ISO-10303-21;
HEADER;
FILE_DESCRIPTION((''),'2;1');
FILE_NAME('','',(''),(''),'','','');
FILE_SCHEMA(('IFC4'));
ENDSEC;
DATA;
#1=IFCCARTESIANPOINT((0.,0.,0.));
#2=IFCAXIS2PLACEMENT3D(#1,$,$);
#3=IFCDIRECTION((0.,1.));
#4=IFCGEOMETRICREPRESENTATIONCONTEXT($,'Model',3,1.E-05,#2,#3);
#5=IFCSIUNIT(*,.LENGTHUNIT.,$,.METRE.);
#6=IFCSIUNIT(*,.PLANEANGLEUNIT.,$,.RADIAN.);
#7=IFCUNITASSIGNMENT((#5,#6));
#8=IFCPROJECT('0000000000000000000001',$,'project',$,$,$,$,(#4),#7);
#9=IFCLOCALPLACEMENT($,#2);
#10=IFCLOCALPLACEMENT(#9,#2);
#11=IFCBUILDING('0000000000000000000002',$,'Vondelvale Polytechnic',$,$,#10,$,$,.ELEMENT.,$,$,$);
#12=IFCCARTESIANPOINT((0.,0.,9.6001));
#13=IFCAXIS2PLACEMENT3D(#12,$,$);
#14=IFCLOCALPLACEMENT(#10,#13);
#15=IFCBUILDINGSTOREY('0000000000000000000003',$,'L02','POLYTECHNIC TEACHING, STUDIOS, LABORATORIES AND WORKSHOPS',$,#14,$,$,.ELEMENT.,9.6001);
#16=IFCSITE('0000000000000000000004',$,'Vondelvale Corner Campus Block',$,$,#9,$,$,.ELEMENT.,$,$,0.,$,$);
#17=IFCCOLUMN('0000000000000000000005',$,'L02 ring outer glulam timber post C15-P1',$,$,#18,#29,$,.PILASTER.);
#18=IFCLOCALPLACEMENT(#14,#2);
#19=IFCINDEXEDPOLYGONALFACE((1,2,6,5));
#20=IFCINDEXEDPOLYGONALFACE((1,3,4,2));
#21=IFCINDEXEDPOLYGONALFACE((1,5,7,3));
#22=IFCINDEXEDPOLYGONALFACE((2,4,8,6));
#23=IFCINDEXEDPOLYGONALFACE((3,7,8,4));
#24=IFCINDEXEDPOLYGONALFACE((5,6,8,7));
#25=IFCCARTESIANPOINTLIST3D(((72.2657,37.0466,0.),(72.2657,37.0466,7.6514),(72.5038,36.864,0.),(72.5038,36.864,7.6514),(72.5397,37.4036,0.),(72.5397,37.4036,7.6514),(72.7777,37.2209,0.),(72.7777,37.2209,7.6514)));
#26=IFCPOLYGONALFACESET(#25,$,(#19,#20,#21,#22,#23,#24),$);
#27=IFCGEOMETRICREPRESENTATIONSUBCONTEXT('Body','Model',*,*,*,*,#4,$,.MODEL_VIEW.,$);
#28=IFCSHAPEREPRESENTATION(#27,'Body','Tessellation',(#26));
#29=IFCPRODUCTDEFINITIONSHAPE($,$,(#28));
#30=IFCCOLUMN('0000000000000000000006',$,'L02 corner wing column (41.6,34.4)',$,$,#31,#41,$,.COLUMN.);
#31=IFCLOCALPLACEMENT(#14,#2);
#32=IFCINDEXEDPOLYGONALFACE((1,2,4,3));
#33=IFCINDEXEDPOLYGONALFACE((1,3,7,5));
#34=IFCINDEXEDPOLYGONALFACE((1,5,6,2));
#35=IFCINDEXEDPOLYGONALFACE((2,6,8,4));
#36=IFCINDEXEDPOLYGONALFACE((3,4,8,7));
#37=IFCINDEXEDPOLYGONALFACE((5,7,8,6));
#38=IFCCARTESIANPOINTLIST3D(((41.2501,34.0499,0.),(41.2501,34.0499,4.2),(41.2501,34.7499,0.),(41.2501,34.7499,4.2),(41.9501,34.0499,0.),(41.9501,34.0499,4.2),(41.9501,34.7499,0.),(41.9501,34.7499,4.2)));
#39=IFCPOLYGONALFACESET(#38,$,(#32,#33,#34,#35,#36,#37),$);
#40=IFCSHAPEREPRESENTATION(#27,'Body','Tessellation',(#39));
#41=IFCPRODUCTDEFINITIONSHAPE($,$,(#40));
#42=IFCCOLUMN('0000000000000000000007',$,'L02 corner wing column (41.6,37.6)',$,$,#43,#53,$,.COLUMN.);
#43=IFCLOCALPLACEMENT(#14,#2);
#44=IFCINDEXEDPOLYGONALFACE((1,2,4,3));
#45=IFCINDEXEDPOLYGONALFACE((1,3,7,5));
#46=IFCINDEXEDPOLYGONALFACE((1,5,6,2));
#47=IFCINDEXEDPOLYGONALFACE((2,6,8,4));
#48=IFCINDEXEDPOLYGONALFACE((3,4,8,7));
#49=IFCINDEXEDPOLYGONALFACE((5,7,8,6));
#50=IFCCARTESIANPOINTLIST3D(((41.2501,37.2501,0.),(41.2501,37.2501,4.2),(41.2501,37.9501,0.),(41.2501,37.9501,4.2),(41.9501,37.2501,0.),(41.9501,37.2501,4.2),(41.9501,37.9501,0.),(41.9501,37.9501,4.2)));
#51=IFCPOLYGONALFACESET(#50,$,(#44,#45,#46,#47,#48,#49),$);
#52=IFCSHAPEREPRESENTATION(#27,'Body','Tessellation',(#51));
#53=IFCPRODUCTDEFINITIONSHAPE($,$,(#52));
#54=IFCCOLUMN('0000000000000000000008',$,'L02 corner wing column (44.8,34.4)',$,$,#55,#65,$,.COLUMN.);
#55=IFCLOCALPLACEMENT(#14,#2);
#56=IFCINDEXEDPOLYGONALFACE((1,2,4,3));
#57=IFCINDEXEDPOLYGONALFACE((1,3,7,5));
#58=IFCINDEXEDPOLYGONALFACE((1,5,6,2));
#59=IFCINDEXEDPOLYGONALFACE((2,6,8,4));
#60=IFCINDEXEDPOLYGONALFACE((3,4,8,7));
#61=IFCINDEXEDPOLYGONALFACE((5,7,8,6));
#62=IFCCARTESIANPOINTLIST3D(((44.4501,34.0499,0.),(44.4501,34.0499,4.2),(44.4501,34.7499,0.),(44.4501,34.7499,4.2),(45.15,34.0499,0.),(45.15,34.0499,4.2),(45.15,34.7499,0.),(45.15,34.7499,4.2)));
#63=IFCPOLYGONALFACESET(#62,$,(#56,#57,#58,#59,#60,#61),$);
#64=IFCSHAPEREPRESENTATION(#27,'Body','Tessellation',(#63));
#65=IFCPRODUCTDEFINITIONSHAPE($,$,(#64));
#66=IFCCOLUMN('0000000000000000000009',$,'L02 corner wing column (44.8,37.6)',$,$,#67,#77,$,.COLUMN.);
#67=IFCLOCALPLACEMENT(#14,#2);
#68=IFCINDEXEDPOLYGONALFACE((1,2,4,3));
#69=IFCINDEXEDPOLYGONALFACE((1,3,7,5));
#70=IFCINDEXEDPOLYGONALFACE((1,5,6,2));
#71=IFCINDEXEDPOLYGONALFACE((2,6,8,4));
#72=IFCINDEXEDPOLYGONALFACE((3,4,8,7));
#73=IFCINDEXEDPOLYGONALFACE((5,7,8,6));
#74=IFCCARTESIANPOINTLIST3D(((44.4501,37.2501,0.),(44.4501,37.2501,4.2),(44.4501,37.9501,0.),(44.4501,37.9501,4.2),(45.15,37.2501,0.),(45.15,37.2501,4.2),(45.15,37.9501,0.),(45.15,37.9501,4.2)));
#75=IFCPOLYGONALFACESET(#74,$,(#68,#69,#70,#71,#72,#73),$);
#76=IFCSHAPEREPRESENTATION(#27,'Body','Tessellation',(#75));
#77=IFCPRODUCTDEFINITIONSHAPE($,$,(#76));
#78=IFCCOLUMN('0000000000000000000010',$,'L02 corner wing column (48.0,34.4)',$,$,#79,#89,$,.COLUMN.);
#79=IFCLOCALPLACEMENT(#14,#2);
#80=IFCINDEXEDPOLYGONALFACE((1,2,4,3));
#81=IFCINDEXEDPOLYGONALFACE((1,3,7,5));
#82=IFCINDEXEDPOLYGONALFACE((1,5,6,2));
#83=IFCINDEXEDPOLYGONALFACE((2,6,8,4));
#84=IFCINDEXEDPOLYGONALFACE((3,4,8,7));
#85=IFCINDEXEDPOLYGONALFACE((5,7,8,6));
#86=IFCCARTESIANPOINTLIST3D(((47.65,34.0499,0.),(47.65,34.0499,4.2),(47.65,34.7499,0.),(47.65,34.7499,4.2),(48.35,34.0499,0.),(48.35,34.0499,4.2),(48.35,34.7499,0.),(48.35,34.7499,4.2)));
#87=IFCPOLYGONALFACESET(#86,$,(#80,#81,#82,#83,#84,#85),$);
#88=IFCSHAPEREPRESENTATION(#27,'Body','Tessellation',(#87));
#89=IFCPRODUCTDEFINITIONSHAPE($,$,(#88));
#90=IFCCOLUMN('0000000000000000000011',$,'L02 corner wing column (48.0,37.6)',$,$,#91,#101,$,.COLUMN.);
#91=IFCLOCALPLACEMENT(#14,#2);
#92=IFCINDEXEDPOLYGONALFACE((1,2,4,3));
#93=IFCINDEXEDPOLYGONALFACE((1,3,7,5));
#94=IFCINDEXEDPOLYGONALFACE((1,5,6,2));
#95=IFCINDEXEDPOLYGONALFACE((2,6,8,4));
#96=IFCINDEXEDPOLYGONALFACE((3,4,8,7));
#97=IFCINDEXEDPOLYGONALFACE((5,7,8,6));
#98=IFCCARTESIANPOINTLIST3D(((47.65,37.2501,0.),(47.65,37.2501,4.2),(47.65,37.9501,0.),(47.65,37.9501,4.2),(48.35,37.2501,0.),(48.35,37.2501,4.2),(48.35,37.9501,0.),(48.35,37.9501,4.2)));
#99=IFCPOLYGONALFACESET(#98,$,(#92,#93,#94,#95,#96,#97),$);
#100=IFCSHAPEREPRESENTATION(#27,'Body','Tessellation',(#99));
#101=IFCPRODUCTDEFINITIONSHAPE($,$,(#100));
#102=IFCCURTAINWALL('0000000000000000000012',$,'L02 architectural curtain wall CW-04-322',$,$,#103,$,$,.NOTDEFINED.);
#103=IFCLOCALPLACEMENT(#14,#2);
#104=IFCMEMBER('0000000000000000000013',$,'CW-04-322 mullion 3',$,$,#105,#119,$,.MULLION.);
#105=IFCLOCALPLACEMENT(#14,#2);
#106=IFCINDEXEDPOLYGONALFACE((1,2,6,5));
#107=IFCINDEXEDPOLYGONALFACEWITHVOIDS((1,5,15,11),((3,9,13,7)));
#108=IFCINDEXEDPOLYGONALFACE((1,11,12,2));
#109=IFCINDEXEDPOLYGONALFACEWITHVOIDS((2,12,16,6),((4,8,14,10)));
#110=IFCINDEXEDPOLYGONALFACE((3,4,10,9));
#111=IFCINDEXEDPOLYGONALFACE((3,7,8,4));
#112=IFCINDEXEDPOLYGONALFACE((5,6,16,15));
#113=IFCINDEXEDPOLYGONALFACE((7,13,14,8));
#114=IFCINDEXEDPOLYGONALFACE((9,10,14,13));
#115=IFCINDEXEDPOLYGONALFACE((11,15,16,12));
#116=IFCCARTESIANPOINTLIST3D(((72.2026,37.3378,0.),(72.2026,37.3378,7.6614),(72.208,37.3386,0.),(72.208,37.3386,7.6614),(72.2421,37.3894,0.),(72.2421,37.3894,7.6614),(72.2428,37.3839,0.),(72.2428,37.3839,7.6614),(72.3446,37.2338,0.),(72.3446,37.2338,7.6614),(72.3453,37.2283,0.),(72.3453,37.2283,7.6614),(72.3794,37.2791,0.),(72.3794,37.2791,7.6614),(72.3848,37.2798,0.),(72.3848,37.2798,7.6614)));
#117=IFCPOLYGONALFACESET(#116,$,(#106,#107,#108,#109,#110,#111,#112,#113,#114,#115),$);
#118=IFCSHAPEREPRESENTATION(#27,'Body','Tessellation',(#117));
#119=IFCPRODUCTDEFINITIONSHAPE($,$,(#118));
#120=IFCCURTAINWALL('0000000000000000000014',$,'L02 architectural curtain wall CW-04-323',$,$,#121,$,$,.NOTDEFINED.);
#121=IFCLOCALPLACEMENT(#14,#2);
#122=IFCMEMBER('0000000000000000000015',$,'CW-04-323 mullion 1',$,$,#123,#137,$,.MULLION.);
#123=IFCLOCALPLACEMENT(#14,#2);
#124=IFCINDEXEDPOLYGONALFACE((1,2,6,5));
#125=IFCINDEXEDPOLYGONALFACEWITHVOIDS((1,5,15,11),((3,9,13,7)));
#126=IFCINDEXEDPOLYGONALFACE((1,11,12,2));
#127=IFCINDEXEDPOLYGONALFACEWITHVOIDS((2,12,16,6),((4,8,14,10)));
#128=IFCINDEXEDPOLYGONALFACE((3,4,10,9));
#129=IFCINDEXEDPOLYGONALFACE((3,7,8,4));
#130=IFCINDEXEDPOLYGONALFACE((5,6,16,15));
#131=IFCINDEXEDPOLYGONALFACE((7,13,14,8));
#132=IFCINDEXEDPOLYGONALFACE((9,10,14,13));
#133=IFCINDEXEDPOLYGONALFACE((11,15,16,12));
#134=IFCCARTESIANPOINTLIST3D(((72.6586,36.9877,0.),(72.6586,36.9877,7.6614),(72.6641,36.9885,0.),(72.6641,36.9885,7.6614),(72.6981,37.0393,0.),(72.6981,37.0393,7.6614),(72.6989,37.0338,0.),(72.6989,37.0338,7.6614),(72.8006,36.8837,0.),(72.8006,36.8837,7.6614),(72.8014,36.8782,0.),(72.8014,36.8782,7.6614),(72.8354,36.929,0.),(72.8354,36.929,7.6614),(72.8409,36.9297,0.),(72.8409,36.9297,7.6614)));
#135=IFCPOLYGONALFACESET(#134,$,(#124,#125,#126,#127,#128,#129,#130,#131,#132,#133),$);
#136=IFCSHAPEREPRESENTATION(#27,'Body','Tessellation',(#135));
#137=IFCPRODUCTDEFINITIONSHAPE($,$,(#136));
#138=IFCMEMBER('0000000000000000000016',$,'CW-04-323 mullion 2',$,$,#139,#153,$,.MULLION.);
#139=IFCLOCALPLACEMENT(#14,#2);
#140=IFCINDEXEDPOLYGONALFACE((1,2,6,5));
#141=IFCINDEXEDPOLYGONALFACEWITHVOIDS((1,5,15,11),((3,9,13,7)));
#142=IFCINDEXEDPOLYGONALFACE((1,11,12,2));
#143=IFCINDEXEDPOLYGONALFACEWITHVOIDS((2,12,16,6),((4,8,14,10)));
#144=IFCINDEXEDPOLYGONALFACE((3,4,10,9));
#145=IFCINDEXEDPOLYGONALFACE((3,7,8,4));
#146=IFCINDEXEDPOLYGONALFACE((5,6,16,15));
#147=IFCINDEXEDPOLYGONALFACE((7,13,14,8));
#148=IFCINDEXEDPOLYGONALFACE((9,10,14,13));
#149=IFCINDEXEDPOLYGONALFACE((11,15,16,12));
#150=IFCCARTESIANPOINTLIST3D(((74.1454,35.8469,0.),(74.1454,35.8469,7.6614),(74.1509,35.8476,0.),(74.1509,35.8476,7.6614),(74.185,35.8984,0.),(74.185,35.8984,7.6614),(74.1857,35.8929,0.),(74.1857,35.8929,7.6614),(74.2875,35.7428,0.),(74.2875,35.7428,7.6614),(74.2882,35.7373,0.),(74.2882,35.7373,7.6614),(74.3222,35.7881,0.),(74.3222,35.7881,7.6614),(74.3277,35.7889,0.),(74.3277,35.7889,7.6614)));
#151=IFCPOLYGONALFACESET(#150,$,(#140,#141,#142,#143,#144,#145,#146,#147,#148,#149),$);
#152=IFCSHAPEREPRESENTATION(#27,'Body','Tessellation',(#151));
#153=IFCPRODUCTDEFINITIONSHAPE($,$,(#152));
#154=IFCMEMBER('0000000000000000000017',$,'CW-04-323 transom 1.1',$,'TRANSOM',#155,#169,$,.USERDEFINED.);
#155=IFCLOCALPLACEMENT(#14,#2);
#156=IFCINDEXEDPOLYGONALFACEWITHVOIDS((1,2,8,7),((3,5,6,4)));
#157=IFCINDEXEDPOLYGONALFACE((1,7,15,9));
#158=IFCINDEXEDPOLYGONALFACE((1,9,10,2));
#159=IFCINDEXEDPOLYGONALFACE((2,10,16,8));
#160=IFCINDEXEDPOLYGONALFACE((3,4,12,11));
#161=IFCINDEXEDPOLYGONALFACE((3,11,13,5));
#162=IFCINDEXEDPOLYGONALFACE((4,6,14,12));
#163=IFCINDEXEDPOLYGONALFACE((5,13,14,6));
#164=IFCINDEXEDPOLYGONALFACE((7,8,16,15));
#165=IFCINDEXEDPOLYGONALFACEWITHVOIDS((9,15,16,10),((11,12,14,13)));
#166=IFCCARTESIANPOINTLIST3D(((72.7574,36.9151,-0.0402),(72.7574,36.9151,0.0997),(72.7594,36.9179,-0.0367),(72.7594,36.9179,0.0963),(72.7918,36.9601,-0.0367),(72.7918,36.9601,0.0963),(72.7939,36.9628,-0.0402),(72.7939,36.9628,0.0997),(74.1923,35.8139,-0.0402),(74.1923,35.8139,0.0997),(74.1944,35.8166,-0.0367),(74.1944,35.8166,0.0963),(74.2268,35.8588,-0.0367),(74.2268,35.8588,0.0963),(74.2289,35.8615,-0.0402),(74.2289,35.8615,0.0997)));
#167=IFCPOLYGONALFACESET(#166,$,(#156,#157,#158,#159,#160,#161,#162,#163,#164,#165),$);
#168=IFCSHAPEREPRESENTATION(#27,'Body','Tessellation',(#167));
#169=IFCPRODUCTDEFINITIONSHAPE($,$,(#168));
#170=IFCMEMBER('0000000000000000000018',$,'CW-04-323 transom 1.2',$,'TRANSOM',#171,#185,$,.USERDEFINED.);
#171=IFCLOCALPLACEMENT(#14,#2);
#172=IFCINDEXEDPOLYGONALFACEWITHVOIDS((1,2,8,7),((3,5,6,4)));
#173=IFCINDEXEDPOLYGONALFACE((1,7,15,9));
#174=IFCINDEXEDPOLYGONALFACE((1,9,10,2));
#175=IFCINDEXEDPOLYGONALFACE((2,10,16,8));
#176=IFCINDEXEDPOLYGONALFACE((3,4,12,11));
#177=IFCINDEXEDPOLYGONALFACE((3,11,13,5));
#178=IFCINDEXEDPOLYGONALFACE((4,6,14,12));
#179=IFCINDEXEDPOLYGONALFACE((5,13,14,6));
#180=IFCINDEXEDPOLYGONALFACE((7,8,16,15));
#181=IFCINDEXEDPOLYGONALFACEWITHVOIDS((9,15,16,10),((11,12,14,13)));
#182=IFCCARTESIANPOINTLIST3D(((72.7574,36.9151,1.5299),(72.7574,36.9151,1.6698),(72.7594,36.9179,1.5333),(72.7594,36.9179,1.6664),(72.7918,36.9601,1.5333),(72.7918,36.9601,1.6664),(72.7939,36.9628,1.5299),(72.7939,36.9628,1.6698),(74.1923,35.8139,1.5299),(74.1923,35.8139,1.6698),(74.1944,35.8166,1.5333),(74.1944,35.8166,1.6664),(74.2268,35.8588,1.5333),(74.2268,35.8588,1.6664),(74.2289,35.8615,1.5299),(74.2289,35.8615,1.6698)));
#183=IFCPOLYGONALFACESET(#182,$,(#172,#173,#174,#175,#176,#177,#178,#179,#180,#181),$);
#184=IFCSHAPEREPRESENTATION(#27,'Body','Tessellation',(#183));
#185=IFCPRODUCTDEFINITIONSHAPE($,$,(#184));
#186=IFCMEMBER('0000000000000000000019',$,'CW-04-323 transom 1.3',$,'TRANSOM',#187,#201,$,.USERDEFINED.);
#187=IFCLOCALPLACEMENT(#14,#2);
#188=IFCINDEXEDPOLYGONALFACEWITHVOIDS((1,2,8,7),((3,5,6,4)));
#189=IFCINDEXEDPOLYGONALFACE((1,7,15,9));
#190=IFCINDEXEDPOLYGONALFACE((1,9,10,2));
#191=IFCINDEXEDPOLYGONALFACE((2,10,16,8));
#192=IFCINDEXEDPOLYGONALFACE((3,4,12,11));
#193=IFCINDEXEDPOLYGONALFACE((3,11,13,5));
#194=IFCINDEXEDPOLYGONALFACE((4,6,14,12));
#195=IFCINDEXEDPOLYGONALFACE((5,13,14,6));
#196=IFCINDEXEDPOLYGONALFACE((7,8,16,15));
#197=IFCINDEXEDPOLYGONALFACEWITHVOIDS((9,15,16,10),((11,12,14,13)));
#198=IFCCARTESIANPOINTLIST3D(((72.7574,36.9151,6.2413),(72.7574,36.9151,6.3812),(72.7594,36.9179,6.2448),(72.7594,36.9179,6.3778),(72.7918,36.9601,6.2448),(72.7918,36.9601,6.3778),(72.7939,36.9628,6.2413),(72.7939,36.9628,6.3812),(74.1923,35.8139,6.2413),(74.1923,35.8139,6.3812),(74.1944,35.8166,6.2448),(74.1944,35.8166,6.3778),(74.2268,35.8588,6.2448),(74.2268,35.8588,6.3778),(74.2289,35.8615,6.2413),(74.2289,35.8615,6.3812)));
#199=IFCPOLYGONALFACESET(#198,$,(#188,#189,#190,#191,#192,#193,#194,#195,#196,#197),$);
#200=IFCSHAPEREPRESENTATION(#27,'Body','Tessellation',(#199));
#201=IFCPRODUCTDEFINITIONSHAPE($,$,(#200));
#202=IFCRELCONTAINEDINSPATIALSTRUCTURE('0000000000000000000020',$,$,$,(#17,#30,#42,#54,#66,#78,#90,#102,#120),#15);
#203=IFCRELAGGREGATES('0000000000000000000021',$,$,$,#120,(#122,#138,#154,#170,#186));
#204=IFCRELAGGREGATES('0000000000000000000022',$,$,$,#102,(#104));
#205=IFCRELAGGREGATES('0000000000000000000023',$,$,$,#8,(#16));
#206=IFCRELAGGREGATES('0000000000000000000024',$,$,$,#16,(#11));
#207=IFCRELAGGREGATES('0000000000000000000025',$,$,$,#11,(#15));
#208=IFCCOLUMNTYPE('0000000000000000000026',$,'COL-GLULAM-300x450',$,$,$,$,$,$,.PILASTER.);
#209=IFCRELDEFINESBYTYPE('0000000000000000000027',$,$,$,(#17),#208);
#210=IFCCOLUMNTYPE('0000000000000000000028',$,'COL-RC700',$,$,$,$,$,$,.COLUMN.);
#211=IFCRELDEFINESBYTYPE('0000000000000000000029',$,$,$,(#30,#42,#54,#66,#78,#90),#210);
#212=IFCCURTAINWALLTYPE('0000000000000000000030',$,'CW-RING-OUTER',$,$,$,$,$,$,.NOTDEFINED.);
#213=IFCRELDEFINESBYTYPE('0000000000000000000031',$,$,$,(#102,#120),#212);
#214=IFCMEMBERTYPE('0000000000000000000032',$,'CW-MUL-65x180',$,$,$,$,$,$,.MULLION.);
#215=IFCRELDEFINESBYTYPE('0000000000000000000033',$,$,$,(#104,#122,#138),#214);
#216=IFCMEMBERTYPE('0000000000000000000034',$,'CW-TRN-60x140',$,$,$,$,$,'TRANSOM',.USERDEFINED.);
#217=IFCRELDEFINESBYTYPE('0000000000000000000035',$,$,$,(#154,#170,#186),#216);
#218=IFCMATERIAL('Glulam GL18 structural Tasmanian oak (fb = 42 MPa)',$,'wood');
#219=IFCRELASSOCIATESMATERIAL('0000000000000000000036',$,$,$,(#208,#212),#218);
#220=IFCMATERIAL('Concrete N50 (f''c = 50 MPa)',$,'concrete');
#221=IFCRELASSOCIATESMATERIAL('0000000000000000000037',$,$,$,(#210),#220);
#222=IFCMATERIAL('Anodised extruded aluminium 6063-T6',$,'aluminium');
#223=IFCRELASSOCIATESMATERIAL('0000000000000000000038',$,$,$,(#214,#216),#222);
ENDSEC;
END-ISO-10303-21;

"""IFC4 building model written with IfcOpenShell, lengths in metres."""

from ifc_helpers import new_model, si_unit, direction, frame, origin, origin_2d, place, context, subcontext, project, spatial, rectangle, hollow_rectangle, extrude, material, material_profile, profile_set, type_object, element, aggregate, save


model = new_model("IFC4")

# Units and contexts
model_context = context("Model", 3, precision=1e-05, world=origin(), true_north=direction((0.0, 1.0)))
body_context = subcontext(model_context, "Body", "Model", "MODEL_VIEW")
ifc_project = project(units=[si_unit("LENGTHUNIT", "METRE"), si_unit("PLANEANGLEUNIT", "RADIAN")], contexts=[model_context])

# Site, building, storey
site_placement = place(None, origin())
site = spatial("IfcSite", under=ifc_project, at=site_placement, Name="Vondelvale Corner Campus Block", CompositionType="ELEMENT", RefElevation=0.0)
building_placement = place(site_placement, origin())
building = spatial("IfcBuilding", under=site, at=building_placement, Name="Vondelvale Polytechnic", CompositionType="ELEMENT")
storey_placement = place(building_placement, frame((0.0, 0.0, 9.6001)))
storey = spatial("IfcBuildingStorey", under=building, at=storey_placement, Name="L02", Description="POLYTECHNIC TEACHING, STUDIOS, LABORATORIES AND WORKSHOPS", CompositionType="ELEMENT", Elevation=9.6001)

# Columns
ifc_material_1 = material(Name="Glulam GL18 structural Tasmanian oak (fb = 42 MPa)", Category="wood")
ifc_material_profile_1 = material_profile(ifc_material_1, rectangle(XDim=0.3, YDim=0.45, at=origin_2d()), Name="GL-POST-300x450")
ifc_profile_set_1 = profile_set([ifc_material_profile_1], Name="Glulam GL18 structural Tasmanian oak (fb = 42 MPa)")
column_type_1 = type_object("IfcColumnType", Name="COL-GLULAM-300x450", PredefinedType="PILASTER", material=ifc_profile_set_1)
column_placement = place(storey_placement, frame((72.5217, 37.1338, 0.0), z_axis=(0.0, 0.0, 1.0), x_axis=(-0.793353, 0.608761, 0.0)))
element("IfcColumn", 1, at=column_placement, inside=storey, type_object=column_type_1, Name="L02 ring outer glulam timber post C15-P1", PredefinedType="PILASTER", context=body_context, shape_type="SweptSolid", body=[
    extrude(rectangle(XDim=0.3, YDim=0.45, at=origin_2d()), origin(), (0.0, 0.0, 1.0), 7.6514),
])
ifc_material_2 = material(Name="Concrete N50 (f'c = 50 MPa)", Category="concrete")
ifc_material_profile_2 = material_profile(ifc_material_2, rectangle(XDim=0.7, YDim=0.7, at=origin_2d()), Name="RC-COL-700x700")
ifc_profile_set_2 = profile_set([ifc_material_profile_2], Name="Concrete N50 (f'c = 50 MPa)")
column_type_2 = type_object("IfcColumnType", Name="COL-RC700", PredefinedType="COLUMN", material=ifc_profile_set_2)
for number, where, z_axis, x_axis, name in (
    (2, (41.6001, 34.3999, 0.0), (0.0, 0.0, 1.0), (1.0, 0.0, 0.0), "L02 corner wing column (41.6,34.4)"),
    (3, (41.6001, 37.6001, 0.0), (0.0, 0.0, 1.0), (1.0, 0.0, 0.0), "L02 corner wing column (41.6,37.6)"),
    (4, (44.8, 34.3999, 0.0), (0.0, 0.0, 1.0), (1.0, 0.0, 0.0), "L02 corner wing column (44.8,34.4)"),
    (5, (44.8, 37.6001, 0.0), (0.0, 0.0, 1.0), (1.0, 0.0, 0.0), "L02 corner wing column (44.8,37.6)"),
    (6, (48.0, 34.3999, 0.0), (0.0, 0.0, 1.0), (1.0, 0.0, 0.0), "L02 corner wing column (48.0,34.4)"),
    (7, (48.0, 37.6001, 0.0), (0.0, 0.0, 1.0), (1.0, 0.0, 0.0), "L02 corner wing column (48.0,37.6)"),
):
    element("IfcColumn", number, at=place(storey_placement, frame(where, z_axis=z_axis, x_axis=x_axis)), inside=storey, type_object=column_type_2, Name=name, PredefinedType="COLUMN", context=body_context, shape_type="SweptSolid", body=[
        extrude(rectangle(XDim=0.7, YDim=0.7, at=origin_2d()), origin(), (0.0, 0.0, 1.0), 4.2),
    ])

# Curtain wall, member
curtain_wall_type = type_object("IfcCurtainWallType", Name="CW-RING-OUTER", PredefinedType="NOTDEFINED", material=ifc_material_1)
curtain_wall_1_placement = place(storey_placement, origin())
curtain_wall_1 = element("IfcCurtainWall", 8, at=curtain_wall_1_placement, inside=storey, type_object=curtain_wall_type, Name="L02 architectural curtain wall CW-04-322", PredefinedType="NOTDEFINED")
ifc_material_3 = material(Name="Anodised extruded aluminium 6063-T6", Category="aluminium")
ifc_material_profile_3 = material_profile(ifc_material_3, hollow_rectangle(XDim=0.0649, YDim=0.1799, WallThickness=0.0039, at=origin_2d()), Name="CW-MUL-180x65")
ifc_profile_set_3 = profile_set([ifc_material_profile_3], Name="Anodised extruded aluminium 6063-T6")
member_type_1 = type_object("IfcMemberType", Name="CW-MUL-65x180", PredefinedType="MULLION", material=ifc_profile_set_3)
member_1_placement = place(storey_placement, frame((72.2937, 37.3088, 0.0), z_axis=(0.0, 0.0, 1.0), x_axis=(0.608787, 0.793334, 0.0)))
member_1 = element("IfcMember", 9, at=member_1_placement, type_object=member_type_1, Name="CW-04-322 mullion 3", PredefinedType="MULLION", context=body_context, shape_type="SweptSolid", body=[
    extrude(hollow_rectangle(XDim=0.0649, YDim=0.1799, WallThickness=0.0039, at=origin_2d()), origin(), (0.0, 0.0, 1.0), 7.6614),
])

# Curtain wall, members
curtain_wall_2_placement = place(storey_placement, origin())
curtain_wall_2 = element("IfcCurtainWall", 10, at=curtain_wall_2_placement, inside=storey, type_object=curtain_wall_type, Name="L02 architectural curtain wall CW-04-323", PredefinedType="NOTDEFINED")
member_2_placement = place(storey_placement, frame((72.7498, 36.9587, 0.0), z_axis=(0.0, 0.0, 1.0), x_axis=(0.608771, 0.793346, 0.0)))
member_2 = element("IfcMember", 11, at=member_2_placement, type_object=member_type_1, Name="CW-04-323 mullion 1", PredefinedType="MULLION", context=body_context, shape_type="SweptSolid", body=[
    extrude(hollow_rectangle(XDim=0.0649, YDim=0.1799, WallThickness=0.0039, at=origin_2d()), origin(), (0.0, 0.0, 1.0), 7.6614),
])
member_3_placement = place(storey_placement, frame((74.2366, 35.8179, 0.0), z_axis=(0.0, 0.0, 1.0), x_axis=(0.608771, 0.793346, 0.0)))
member_3 = element("IfcMember", 12, at=member_3_placement, type_object=member_type_1, Name="CW-04-323 mullion 2", PredefinedType="MULLION", context=body_context, shape_type="SweptSolid", body=[
    extrude(hollow_rectangle(XDim=0.0649, YDim=0.1799, WallThickness=0.0039, at=origin_2d()), origin(), (0.0, 0.0, 1.0), 7.6614),
])
ifc_material_profile_4 = material_profile(ifc_material_3, hollow_rectangle(XDim=0.0601, YDim=0.1399, WallThickness=0.0034, at=origin_2d()), Name="CW-TRN-140x60")
ifc_profile_set_4 = profile_set([ifc_material_profile_4], Name="Anodised extruded aluminium 6063-T6")
member_type_2 = type_object("IfcMemberType", Name="CW-TRN-60x140", ElementType="TRANSOM", PredefinedType="USERDEFINED", material=ifc_profile_set_4)
member_4_placement = place(storey_placement, frame((72.7756, 36.939, 0.0298), z_axis=(0.793311, -0.608817, 0.0), x_axis=(0.608817, 0.793311, 0.0)))
member_4 = element("IfcMember", 13, at=member_4_placement, type_object=member_type_2, Name="CW-04-323 transom 1.1", ObjectType="TRANSOM", PredefinedType="USERDEFINED", context=body_context, shape_type="SweptSolid", body=[
    extrude(hollow_rectangle(XDim=0.0601, YDim=0.1399, WallThickness=0.0034, at=origin_2d()), origin(), (0.0, 0.0, 1.0), 1.8088),
])
member_5_placement = place(storey_placement, frame((72.7756, 36.939, 1.5999), z_axis=(0.793311, -0.608817, 0.0), x_axis=(0.608817, 0.793311, 0.0)))
member_5 = element("IfcMember", 14, at=member_5_placement, type_object=member_type_2, Name="CW-04-323 transom 1.2", ObjectType="TRANSOM", PredefinedType="USERDEFINED", context=body_context, shape_type="SweptSolid", body=[
    extrude(hollow_rectangle(XDim=0.0601, YDim=0.1399, WallThickness=0.0034, at=origin_2d()), origin(), (0.0, 0.0, 1.0), 1.8088),
])
member_6_placement = place(storey_placement, frame((72.7756, 36.939, 6.3113), z_axis=(0.793311, -0.608817, 0.0), x_axis=(0.608817, 0.793311, 0.0)))
member_6 = element("IfcMember", 15, at=member_6_placement, type_object=member_type_2, Name="CW-04-323 transom 1.3", ObjectType="TRANSOM", PredefinedType="USERDEFINED", context=body_context, shape_type="SweptSolid", body=[
    extrude(hollow_rectangle(XDim=0.0601, YDim=0.1399, WallThickness=0.0034, at=origin_2d()), origin(), (0.0, 0.0, 1.0), 1.8088),
])

aggregate(curtain_wall_2, [member_2, member_3, member_4, member_5, member_6])
aggregate(curtain_wall_1, [member_1])

save(model, "model.ifc")
